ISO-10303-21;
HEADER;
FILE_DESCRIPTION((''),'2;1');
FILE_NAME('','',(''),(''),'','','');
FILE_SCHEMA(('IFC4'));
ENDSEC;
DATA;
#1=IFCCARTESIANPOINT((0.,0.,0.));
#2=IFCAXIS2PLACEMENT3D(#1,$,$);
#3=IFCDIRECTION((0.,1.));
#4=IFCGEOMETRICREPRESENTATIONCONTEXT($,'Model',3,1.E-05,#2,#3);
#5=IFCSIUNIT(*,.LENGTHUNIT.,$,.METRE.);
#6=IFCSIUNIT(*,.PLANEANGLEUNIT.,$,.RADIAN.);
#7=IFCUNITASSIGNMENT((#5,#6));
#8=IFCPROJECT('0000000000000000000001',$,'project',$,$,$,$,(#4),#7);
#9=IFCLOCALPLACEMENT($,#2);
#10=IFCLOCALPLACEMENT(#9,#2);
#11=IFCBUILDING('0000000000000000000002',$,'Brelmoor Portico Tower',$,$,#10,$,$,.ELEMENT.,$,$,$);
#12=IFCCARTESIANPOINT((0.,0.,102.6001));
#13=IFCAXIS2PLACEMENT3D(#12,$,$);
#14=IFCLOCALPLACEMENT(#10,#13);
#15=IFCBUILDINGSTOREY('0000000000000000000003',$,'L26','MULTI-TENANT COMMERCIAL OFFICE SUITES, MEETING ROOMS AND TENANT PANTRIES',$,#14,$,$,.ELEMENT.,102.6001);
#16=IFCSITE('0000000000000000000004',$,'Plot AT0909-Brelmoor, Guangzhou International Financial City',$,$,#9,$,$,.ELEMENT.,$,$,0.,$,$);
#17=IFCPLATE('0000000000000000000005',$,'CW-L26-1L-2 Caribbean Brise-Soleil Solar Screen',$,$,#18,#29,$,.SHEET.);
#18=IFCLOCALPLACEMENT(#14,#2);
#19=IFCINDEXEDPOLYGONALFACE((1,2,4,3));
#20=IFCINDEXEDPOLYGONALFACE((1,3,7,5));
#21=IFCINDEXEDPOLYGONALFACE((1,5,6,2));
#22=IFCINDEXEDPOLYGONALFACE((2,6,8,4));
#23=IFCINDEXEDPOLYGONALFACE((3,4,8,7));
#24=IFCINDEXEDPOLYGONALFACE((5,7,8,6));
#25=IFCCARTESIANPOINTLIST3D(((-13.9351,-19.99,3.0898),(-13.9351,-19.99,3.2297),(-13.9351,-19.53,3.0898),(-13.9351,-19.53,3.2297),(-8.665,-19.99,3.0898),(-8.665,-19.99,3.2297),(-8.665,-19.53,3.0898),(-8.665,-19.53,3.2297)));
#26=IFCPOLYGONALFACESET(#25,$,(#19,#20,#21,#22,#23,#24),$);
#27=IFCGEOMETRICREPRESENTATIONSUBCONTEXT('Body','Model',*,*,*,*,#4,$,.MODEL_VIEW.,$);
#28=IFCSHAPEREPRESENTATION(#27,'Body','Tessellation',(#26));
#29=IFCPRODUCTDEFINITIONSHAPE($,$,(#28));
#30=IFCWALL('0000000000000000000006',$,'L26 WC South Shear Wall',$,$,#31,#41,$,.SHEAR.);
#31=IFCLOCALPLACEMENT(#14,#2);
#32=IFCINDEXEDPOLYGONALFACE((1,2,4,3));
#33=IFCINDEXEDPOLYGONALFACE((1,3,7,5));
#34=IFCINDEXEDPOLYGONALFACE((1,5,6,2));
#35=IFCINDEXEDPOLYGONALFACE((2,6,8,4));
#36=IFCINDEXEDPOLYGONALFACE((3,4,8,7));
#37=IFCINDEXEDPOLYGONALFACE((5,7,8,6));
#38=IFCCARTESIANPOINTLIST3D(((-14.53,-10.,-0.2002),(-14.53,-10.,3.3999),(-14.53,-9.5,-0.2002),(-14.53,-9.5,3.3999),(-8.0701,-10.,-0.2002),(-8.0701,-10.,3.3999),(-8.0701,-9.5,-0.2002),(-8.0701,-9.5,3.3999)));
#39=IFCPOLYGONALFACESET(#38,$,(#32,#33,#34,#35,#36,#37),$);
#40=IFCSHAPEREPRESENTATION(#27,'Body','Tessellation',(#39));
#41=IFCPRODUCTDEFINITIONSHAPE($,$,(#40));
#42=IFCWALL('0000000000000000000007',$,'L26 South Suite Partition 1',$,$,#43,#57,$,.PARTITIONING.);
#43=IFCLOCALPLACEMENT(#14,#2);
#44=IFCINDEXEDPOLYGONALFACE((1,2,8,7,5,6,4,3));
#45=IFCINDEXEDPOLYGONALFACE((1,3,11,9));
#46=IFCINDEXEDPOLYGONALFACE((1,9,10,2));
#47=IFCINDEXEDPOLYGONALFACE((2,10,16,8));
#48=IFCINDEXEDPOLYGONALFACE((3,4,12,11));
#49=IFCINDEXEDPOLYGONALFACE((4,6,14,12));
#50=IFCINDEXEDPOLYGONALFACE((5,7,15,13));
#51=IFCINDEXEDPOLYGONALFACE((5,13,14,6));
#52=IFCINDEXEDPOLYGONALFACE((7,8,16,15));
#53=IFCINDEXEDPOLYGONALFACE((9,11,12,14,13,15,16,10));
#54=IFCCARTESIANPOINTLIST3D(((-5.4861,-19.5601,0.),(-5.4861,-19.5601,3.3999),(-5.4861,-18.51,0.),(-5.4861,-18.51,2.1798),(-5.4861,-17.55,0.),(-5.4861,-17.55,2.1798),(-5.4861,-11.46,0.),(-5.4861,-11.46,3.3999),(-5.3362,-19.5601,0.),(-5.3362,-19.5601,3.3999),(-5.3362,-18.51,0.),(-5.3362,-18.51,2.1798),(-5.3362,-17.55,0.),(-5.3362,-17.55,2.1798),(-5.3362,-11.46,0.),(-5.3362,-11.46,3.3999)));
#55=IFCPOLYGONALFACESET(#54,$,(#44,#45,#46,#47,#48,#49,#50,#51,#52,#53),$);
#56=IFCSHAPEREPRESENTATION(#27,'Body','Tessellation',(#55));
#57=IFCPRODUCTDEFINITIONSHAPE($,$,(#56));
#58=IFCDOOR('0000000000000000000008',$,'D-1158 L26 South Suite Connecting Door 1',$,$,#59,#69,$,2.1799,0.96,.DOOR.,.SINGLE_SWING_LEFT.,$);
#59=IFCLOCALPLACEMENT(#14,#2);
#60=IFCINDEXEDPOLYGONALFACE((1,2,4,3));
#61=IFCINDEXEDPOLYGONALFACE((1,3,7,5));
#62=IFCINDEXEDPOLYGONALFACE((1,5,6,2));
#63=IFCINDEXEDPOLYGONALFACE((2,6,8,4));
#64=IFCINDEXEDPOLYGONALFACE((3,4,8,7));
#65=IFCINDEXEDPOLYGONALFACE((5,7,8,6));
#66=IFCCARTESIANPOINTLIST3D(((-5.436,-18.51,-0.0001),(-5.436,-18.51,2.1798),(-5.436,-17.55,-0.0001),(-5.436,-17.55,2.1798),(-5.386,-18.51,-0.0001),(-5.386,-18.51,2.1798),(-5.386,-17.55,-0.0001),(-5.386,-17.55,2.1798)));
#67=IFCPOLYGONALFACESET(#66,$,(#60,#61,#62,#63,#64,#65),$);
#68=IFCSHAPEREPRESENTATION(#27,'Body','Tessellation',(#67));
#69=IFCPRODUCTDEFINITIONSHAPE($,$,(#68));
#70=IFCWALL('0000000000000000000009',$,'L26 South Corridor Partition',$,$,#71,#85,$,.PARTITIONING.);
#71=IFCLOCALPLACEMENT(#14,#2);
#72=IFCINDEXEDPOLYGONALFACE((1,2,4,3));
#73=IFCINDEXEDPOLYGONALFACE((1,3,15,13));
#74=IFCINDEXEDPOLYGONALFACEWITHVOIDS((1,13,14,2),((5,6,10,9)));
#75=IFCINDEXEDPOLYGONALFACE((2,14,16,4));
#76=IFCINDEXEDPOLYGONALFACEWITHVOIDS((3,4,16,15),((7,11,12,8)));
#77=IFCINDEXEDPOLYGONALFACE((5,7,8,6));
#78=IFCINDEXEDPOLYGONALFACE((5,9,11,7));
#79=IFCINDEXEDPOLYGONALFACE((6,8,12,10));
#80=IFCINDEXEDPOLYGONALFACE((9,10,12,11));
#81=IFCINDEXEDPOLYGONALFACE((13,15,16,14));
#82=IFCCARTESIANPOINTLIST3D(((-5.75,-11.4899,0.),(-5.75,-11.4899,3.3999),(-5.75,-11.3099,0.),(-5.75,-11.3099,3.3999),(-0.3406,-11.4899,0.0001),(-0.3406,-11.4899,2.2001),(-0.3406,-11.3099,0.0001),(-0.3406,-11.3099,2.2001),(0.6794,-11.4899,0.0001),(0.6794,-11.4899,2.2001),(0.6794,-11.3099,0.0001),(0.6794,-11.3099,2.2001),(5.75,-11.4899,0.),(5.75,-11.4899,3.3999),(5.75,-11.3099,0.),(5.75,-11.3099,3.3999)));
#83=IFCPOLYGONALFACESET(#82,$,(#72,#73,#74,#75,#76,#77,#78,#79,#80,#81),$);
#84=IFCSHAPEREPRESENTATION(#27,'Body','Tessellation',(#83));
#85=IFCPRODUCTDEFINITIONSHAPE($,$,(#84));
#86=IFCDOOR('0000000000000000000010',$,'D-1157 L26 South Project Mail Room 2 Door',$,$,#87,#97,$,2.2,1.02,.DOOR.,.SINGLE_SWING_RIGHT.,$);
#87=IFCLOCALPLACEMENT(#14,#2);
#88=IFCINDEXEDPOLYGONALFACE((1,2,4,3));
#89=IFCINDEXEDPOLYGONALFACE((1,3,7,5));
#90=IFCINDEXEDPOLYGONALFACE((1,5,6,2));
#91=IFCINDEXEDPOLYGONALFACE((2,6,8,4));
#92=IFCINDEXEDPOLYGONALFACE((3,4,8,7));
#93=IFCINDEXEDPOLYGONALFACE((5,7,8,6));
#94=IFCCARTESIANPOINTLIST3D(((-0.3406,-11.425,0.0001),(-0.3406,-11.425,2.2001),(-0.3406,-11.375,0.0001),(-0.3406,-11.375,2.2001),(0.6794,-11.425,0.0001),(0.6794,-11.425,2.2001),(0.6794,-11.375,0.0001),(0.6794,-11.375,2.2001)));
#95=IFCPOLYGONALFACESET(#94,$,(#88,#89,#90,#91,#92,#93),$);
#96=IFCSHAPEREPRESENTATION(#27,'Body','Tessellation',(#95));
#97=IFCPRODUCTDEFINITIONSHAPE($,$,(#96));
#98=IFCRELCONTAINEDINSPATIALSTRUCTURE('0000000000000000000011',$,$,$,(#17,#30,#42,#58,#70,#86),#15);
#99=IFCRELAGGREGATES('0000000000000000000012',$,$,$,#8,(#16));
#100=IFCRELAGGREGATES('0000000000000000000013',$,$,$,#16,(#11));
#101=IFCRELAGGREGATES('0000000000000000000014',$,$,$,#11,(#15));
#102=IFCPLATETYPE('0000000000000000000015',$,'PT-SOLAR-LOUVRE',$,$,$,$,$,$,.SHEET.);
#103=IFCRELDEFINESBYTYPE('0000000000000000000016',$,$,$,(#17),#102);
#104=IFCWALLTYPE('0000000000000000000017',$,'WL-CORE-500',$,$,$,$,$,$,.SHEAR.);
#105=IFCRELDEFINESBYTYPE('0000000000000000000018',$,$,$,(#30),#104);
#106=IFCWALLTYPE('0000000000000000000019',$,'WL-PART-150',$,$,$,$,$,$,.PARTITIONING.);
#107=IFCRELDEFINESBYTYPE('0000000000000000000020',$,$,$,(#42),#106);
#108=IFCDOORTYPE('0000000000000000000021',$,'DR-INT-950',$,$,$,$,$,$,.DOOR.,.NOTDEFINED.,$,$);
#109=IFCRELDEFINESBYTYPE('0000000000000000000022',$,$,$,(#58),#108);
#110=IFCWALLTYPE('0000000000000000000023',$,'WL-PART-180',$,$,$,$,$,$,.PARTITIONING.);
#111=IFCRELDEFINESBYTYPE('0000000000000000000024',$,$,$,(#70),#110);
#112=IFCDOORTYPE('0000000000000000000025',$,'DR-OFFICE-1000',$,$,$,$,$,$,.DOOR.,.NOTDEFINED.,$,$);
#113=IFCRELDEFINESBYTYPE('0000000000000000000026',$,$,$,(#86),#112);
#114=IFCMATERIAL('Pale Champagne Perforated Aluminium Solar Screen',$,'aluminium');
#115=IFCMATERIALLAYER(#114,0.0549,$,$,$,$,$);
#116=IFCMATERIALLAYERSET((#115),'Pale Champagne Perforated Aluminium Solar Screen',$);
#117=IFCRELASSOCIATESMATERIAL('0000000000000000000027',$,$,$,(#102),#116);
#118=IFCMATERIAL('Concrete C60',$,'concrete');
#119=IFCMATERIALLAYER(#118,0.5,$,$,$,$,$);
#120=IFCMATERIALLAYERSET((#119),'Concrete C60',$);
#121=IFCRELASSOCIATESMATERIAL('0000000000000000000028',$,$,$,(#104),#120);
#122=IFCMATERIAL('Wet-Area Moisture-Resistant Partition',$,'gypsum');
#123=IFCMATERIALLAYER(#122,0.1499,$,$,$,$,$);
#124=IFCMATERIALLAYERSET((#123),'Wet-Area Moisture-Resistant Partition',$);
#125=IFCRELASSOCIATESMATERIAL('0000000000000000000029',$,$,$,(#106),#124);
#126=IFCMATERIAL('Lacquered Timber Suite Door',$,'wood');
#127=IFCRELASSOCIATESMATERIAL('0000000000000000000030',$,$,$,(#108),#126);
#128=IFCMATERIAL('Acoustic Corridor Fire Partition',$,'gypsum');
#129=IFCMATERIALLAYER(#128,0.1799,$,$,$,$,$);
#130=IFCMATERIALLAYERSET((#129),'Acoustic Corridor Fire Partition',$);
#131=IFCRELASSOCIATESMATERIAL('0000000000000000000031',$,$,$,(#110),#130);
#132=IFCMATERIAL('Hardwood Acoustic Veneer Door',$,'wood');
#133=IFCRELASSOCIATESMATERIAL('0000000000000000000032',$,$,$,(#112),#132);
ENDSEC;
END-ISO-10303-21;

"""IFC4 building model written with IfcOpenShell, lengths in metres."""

from ifc_helpers import new_model, si_unit, direction, frame, frame_2d, origin, origin_2d, place, context, subcontext, project, spatial, rectangle, extrude, material, layer, layer_set, type_object, element, fill, save


model = new_model("IFC4")

# Units and contexts
model_context = context("Model", 3, precision=1e-05, world=origin(), true_north=direction((0.0, 1.0)))
body_context = subcontext(model_context, "Body", "Model", "MODEL_VIEW")
ifc_project = project(units=[si_unit("LENGTHUNIT", "METRE"), si_unit("PLANEANGLEUNIT", "RADIAN")], contexts=[model_context])

# Site, building, storey
site_placement = place(None, origin())
site = spatial("IfcSite", under=ifc_project, at=site_placement, Name="Plot AT0909-Brelmoor, Guangzhou International Financial City", CompositionType="ELEMENT", RefElevation=0.0)
building_placement = place(site_placement, origin())
building = spatial("IfcBuilding", under=site, at=building_placement, Name="Brelmoor Portico Tower", CompositionType="ELEMENT")
storey_placement = place(building_placement, frame((0.0, 0.0, 102.6001)))
storey = spatial("IfcBuildingStorey", under=building, at=storey_placement, Name="L26", Description="MULTI-TENANT COMMERCIAL OFFICE SUITES, MEETING ROOMS AND TENANT PANTRIES", CompositionType="ELEMENT", Elevation=102.6001)

# Plate
ifc_material_1 = material(Name="Pale Champagne Perforated Aluminium Solar Screen", Category="aluminium")
ifc_layer_1 = layer(ifc_material_1, 0.0549)
ifc_layer_set_1 = layer_set([ifc_layer_1], Name="Pale Champagne Perforated Aluminium Solar Screen")
plate_type_1 = type_object("IfcPlateType", Name="PT-SOLAR-LOUVRE", PredefinedType="SHEET", material=ifc_layer_set_1)
plate_1_placement = place(storey_placement, frame((-11.3, -19.76, 3.0898), z_axis=(0.0, 0.0, 1.0), x_axis=(1.0, 0.0, 0.0)))
element("IfcPlate", 1, at=plate_1_placement, inside=storey, type_object=plate_type_1, Name="CW-L26-1L-2 Caribbean Brise-Soleil Solar Screen", PredefinedType="SHEET", context=body_context, shape_type="SweptSolid", body=[
    extrude(rectangle(XDim=5.27, YDim=0.46, at=origin_2d()), origin(), (0.0, 0.0, 1.0), 0.1399),
])

# Wall
ifc_material_2 = material(Name="Concrete C60", Category="concrete")
ifc_layer_2 = layer(ifc_material_2, 0.5)
ifc_layer_set_2 = layer_set([ifc_layer_2], Name="Concrete C60")
wall_type_1 = type_object("IfcWallType", Name="WL-CORE-500", PredefinedType="SHEAR", material=ifc_layer_set_2)
wall_1_placement = place(storey_placement, frame((-14.53, -9.75, -0.2002), z_axis=(0.0, 0.0, 1.0), x_axis=(1.0, 0.0, 0.0)))
element("IfcWall", 2, at=wall_1_placement, inside=storey, type_object=wall_type_1, Name="L26 WC South Shear Wall", PredefinedType="SHEAR", context=body_context, shape_type="SweptSolid", body=[
    extrude(rectangle(XDim=6.46, YDim=0.5, at=frame_2d((3.23, 0.0))), origin(), (0.0, 0.0, 1.0), 3.6001),
])

# Walls, openings, doors
ifc_material_3 = material(Name="Wet-Area Moisture-Resistant Partition", Category="gypsum")
ifc_layer_3 = layer(ifc_material_3, 0.1499)
ifc_layer_set_3 = layer_set([ifc_layer_3], Name="Wet-Area Moisture-Resistant Partition")
wall_type_2 = type_object("IfcWallType", Name="WL-PART-150", PredefinedType="PARTITIONING", material=ifc_layer_set_3)
wall_2_placement = place(storey_placement, frame((-5.4111, -19.5601, 0.0), z_axis=(0.0, 0.0, 1.0), x_axis=(0.0, 1.0, 0.0)))
wall_2 = element("IfcWall", 3, at=wall_2_placement, inside=storey, type_object=wall_type_2, Name="L26 South Suite Partition 1", PredefinedType="PARTITIONING", context=body_context, shape_type="SweptSolid", body=[
    extrude(rectangle(XDim=8.1001, YDim=0.1499, at=frame_2d((4.05, 0.0))), origin(), (0.0, 0.0, 1.0), 3.3999),
])
opening_1_placement = place(wall_2_placement, frame((1.05, 0.0, 0.0)))
opening_1 = element("IfcOpeningElement", 4, at=opening_1_placement, cuts=wall_2, PredefinedType="OPENING", context=body_context, shape_type="SweptSolid", body=[
    extrude(rectangle(XDim=0.96, YDim=2.1799, at=frame_2d((0.48, 1.0898))), frame((0.0, 0.085, 0.0), z_axis=(0.0, -1.0, 0.0), x_axis=(1.0, 0.0, 0.0)), (0.0, 0.0, 1.0), 0.1699),
])
ifc_material_4 = material(Name="Lacquered Timber Suite Door", Category="wood")
door_type_1 = type_object("IfcDoorType", Name="DR-INT-950", OperationType="NOTDEFINED", PredefinedType="DOOR", material=ifc_material_4)
door_1_placement = place(opening_1_placement, origin())
door_1 = element("IfcDoor", 5, at=door_1_placement, inside=storey, type_object=door_type_1, Name="D-1158 L26 South Suite Connecting Door 1", OperationType="SINGLE_SWING_LEFT", OverallHeight=2.1799, OverallWidth=0.96, PredefinedType="DOOR", context=body_context, shape_type="SweptSolid", body=[
    extrude(rectangle(XDim=0.96, YDim=2.1799, at=frame_2d((0.48, 1.0898))), frame((0.0, 0.0249, 0.0), z_axis=(0.0, -1.0, 0.0), x_axis=(1.0, 0.0, 0.0)), (0.0, 0.0, 1.0), 0.05),
])
fill(opening_1, door_1)
ifc_material_5 = material(Name="Acoustic Corridor Fire Partition", Category="gypsum")
ifc_layer_4 = layer(ifc_material_5, 0.1799)
ifc_layer_set_4 = layer_set([ifc_layer_4], Name="Acoustic Corridor Fire Partition")
wall_type_3 = type_object("IfcWallType", Name="WL-PART-180", PredefinedType="PARTITIONING", material=ifc_layer_set_4)
wall_3_placement = place(storey_placement, frame((-5.75, -11.3999, 0.0), z_axis=(0.0, 0.0, 1.0), x_axis=(1.0, 0.0, 0.0)))
wall_3 = element("IfcWall", 6, at=wall_3_placement, inside=storey, type_object=wall_type_3, Name="L26 South Corridor Partition", PredefinedType="PARTITIONING", context=body_context, shape_type="SweptSolid", body=[
    extrude(rectangle(XDim=11.5, YDim=0.1799, at=frame_2d((5.75, 0.0))), origin(), (0.0, 0.0, 1.0), 3.3999),
])
opening_2_placement = place(wall_3_placement, frame((5.4094, 0.0, 0.0)))
opening_2 = element("IfcOpeningElement", 7, at=opening_2_placement, cuts=wall_3, PredefinedType="OPENING", context=body_context, shape_type="SweptSolid", body=[
    extrude(rectangle(XDim=1.02, YDim=2.2, at=frame_2d((0.51, 1.1001))), frame((0.0, 0.0999, 0.0), z_axis=(0.0, -1.0, 0.0), x_axis=(1.0, 0.0, 0.0)), (0.0, 0.0, 1.0), 0.2),
])
ifc_material_6 = material(Name="Hardwood Acoustic Veneer Door", Category="wood")
door_type_2 = type_object("IfcDoorType", Name="DR-OFFICE-1000", OperationType="NOTDEFINED", PredefinedType="DOOR", material=ifc_material_6)
door_2_placement = place(opening_2_placement, origin())
door_2 = element("IfcDoor", 8, at=door_2_placement, inside=storey, type_object=door_type_2, Name="D-1157 L26 South Project Mail Room 2 Door", OperationType="SINGLE_SWING_RIGHT", OverallHeight=2.2, OverallWidth=1.02, PredefinedType="DOOR", context=body_context, shape_type="SweptSolid", body=[
    extrude(rectangle(XDim=1.02, YDim=2.2, at=frame_2d((0.51, 1.1001))), frame((0.0, 0.0249, 0.0), z_axis=(0.0, -1.0, 0.0), x_axis=(1.0, 0.0, 0.0)), (0.0, 0.0, 1.0), 0.05),
])
fill(opening_2, door_2)

save(model, "model.ifc")
